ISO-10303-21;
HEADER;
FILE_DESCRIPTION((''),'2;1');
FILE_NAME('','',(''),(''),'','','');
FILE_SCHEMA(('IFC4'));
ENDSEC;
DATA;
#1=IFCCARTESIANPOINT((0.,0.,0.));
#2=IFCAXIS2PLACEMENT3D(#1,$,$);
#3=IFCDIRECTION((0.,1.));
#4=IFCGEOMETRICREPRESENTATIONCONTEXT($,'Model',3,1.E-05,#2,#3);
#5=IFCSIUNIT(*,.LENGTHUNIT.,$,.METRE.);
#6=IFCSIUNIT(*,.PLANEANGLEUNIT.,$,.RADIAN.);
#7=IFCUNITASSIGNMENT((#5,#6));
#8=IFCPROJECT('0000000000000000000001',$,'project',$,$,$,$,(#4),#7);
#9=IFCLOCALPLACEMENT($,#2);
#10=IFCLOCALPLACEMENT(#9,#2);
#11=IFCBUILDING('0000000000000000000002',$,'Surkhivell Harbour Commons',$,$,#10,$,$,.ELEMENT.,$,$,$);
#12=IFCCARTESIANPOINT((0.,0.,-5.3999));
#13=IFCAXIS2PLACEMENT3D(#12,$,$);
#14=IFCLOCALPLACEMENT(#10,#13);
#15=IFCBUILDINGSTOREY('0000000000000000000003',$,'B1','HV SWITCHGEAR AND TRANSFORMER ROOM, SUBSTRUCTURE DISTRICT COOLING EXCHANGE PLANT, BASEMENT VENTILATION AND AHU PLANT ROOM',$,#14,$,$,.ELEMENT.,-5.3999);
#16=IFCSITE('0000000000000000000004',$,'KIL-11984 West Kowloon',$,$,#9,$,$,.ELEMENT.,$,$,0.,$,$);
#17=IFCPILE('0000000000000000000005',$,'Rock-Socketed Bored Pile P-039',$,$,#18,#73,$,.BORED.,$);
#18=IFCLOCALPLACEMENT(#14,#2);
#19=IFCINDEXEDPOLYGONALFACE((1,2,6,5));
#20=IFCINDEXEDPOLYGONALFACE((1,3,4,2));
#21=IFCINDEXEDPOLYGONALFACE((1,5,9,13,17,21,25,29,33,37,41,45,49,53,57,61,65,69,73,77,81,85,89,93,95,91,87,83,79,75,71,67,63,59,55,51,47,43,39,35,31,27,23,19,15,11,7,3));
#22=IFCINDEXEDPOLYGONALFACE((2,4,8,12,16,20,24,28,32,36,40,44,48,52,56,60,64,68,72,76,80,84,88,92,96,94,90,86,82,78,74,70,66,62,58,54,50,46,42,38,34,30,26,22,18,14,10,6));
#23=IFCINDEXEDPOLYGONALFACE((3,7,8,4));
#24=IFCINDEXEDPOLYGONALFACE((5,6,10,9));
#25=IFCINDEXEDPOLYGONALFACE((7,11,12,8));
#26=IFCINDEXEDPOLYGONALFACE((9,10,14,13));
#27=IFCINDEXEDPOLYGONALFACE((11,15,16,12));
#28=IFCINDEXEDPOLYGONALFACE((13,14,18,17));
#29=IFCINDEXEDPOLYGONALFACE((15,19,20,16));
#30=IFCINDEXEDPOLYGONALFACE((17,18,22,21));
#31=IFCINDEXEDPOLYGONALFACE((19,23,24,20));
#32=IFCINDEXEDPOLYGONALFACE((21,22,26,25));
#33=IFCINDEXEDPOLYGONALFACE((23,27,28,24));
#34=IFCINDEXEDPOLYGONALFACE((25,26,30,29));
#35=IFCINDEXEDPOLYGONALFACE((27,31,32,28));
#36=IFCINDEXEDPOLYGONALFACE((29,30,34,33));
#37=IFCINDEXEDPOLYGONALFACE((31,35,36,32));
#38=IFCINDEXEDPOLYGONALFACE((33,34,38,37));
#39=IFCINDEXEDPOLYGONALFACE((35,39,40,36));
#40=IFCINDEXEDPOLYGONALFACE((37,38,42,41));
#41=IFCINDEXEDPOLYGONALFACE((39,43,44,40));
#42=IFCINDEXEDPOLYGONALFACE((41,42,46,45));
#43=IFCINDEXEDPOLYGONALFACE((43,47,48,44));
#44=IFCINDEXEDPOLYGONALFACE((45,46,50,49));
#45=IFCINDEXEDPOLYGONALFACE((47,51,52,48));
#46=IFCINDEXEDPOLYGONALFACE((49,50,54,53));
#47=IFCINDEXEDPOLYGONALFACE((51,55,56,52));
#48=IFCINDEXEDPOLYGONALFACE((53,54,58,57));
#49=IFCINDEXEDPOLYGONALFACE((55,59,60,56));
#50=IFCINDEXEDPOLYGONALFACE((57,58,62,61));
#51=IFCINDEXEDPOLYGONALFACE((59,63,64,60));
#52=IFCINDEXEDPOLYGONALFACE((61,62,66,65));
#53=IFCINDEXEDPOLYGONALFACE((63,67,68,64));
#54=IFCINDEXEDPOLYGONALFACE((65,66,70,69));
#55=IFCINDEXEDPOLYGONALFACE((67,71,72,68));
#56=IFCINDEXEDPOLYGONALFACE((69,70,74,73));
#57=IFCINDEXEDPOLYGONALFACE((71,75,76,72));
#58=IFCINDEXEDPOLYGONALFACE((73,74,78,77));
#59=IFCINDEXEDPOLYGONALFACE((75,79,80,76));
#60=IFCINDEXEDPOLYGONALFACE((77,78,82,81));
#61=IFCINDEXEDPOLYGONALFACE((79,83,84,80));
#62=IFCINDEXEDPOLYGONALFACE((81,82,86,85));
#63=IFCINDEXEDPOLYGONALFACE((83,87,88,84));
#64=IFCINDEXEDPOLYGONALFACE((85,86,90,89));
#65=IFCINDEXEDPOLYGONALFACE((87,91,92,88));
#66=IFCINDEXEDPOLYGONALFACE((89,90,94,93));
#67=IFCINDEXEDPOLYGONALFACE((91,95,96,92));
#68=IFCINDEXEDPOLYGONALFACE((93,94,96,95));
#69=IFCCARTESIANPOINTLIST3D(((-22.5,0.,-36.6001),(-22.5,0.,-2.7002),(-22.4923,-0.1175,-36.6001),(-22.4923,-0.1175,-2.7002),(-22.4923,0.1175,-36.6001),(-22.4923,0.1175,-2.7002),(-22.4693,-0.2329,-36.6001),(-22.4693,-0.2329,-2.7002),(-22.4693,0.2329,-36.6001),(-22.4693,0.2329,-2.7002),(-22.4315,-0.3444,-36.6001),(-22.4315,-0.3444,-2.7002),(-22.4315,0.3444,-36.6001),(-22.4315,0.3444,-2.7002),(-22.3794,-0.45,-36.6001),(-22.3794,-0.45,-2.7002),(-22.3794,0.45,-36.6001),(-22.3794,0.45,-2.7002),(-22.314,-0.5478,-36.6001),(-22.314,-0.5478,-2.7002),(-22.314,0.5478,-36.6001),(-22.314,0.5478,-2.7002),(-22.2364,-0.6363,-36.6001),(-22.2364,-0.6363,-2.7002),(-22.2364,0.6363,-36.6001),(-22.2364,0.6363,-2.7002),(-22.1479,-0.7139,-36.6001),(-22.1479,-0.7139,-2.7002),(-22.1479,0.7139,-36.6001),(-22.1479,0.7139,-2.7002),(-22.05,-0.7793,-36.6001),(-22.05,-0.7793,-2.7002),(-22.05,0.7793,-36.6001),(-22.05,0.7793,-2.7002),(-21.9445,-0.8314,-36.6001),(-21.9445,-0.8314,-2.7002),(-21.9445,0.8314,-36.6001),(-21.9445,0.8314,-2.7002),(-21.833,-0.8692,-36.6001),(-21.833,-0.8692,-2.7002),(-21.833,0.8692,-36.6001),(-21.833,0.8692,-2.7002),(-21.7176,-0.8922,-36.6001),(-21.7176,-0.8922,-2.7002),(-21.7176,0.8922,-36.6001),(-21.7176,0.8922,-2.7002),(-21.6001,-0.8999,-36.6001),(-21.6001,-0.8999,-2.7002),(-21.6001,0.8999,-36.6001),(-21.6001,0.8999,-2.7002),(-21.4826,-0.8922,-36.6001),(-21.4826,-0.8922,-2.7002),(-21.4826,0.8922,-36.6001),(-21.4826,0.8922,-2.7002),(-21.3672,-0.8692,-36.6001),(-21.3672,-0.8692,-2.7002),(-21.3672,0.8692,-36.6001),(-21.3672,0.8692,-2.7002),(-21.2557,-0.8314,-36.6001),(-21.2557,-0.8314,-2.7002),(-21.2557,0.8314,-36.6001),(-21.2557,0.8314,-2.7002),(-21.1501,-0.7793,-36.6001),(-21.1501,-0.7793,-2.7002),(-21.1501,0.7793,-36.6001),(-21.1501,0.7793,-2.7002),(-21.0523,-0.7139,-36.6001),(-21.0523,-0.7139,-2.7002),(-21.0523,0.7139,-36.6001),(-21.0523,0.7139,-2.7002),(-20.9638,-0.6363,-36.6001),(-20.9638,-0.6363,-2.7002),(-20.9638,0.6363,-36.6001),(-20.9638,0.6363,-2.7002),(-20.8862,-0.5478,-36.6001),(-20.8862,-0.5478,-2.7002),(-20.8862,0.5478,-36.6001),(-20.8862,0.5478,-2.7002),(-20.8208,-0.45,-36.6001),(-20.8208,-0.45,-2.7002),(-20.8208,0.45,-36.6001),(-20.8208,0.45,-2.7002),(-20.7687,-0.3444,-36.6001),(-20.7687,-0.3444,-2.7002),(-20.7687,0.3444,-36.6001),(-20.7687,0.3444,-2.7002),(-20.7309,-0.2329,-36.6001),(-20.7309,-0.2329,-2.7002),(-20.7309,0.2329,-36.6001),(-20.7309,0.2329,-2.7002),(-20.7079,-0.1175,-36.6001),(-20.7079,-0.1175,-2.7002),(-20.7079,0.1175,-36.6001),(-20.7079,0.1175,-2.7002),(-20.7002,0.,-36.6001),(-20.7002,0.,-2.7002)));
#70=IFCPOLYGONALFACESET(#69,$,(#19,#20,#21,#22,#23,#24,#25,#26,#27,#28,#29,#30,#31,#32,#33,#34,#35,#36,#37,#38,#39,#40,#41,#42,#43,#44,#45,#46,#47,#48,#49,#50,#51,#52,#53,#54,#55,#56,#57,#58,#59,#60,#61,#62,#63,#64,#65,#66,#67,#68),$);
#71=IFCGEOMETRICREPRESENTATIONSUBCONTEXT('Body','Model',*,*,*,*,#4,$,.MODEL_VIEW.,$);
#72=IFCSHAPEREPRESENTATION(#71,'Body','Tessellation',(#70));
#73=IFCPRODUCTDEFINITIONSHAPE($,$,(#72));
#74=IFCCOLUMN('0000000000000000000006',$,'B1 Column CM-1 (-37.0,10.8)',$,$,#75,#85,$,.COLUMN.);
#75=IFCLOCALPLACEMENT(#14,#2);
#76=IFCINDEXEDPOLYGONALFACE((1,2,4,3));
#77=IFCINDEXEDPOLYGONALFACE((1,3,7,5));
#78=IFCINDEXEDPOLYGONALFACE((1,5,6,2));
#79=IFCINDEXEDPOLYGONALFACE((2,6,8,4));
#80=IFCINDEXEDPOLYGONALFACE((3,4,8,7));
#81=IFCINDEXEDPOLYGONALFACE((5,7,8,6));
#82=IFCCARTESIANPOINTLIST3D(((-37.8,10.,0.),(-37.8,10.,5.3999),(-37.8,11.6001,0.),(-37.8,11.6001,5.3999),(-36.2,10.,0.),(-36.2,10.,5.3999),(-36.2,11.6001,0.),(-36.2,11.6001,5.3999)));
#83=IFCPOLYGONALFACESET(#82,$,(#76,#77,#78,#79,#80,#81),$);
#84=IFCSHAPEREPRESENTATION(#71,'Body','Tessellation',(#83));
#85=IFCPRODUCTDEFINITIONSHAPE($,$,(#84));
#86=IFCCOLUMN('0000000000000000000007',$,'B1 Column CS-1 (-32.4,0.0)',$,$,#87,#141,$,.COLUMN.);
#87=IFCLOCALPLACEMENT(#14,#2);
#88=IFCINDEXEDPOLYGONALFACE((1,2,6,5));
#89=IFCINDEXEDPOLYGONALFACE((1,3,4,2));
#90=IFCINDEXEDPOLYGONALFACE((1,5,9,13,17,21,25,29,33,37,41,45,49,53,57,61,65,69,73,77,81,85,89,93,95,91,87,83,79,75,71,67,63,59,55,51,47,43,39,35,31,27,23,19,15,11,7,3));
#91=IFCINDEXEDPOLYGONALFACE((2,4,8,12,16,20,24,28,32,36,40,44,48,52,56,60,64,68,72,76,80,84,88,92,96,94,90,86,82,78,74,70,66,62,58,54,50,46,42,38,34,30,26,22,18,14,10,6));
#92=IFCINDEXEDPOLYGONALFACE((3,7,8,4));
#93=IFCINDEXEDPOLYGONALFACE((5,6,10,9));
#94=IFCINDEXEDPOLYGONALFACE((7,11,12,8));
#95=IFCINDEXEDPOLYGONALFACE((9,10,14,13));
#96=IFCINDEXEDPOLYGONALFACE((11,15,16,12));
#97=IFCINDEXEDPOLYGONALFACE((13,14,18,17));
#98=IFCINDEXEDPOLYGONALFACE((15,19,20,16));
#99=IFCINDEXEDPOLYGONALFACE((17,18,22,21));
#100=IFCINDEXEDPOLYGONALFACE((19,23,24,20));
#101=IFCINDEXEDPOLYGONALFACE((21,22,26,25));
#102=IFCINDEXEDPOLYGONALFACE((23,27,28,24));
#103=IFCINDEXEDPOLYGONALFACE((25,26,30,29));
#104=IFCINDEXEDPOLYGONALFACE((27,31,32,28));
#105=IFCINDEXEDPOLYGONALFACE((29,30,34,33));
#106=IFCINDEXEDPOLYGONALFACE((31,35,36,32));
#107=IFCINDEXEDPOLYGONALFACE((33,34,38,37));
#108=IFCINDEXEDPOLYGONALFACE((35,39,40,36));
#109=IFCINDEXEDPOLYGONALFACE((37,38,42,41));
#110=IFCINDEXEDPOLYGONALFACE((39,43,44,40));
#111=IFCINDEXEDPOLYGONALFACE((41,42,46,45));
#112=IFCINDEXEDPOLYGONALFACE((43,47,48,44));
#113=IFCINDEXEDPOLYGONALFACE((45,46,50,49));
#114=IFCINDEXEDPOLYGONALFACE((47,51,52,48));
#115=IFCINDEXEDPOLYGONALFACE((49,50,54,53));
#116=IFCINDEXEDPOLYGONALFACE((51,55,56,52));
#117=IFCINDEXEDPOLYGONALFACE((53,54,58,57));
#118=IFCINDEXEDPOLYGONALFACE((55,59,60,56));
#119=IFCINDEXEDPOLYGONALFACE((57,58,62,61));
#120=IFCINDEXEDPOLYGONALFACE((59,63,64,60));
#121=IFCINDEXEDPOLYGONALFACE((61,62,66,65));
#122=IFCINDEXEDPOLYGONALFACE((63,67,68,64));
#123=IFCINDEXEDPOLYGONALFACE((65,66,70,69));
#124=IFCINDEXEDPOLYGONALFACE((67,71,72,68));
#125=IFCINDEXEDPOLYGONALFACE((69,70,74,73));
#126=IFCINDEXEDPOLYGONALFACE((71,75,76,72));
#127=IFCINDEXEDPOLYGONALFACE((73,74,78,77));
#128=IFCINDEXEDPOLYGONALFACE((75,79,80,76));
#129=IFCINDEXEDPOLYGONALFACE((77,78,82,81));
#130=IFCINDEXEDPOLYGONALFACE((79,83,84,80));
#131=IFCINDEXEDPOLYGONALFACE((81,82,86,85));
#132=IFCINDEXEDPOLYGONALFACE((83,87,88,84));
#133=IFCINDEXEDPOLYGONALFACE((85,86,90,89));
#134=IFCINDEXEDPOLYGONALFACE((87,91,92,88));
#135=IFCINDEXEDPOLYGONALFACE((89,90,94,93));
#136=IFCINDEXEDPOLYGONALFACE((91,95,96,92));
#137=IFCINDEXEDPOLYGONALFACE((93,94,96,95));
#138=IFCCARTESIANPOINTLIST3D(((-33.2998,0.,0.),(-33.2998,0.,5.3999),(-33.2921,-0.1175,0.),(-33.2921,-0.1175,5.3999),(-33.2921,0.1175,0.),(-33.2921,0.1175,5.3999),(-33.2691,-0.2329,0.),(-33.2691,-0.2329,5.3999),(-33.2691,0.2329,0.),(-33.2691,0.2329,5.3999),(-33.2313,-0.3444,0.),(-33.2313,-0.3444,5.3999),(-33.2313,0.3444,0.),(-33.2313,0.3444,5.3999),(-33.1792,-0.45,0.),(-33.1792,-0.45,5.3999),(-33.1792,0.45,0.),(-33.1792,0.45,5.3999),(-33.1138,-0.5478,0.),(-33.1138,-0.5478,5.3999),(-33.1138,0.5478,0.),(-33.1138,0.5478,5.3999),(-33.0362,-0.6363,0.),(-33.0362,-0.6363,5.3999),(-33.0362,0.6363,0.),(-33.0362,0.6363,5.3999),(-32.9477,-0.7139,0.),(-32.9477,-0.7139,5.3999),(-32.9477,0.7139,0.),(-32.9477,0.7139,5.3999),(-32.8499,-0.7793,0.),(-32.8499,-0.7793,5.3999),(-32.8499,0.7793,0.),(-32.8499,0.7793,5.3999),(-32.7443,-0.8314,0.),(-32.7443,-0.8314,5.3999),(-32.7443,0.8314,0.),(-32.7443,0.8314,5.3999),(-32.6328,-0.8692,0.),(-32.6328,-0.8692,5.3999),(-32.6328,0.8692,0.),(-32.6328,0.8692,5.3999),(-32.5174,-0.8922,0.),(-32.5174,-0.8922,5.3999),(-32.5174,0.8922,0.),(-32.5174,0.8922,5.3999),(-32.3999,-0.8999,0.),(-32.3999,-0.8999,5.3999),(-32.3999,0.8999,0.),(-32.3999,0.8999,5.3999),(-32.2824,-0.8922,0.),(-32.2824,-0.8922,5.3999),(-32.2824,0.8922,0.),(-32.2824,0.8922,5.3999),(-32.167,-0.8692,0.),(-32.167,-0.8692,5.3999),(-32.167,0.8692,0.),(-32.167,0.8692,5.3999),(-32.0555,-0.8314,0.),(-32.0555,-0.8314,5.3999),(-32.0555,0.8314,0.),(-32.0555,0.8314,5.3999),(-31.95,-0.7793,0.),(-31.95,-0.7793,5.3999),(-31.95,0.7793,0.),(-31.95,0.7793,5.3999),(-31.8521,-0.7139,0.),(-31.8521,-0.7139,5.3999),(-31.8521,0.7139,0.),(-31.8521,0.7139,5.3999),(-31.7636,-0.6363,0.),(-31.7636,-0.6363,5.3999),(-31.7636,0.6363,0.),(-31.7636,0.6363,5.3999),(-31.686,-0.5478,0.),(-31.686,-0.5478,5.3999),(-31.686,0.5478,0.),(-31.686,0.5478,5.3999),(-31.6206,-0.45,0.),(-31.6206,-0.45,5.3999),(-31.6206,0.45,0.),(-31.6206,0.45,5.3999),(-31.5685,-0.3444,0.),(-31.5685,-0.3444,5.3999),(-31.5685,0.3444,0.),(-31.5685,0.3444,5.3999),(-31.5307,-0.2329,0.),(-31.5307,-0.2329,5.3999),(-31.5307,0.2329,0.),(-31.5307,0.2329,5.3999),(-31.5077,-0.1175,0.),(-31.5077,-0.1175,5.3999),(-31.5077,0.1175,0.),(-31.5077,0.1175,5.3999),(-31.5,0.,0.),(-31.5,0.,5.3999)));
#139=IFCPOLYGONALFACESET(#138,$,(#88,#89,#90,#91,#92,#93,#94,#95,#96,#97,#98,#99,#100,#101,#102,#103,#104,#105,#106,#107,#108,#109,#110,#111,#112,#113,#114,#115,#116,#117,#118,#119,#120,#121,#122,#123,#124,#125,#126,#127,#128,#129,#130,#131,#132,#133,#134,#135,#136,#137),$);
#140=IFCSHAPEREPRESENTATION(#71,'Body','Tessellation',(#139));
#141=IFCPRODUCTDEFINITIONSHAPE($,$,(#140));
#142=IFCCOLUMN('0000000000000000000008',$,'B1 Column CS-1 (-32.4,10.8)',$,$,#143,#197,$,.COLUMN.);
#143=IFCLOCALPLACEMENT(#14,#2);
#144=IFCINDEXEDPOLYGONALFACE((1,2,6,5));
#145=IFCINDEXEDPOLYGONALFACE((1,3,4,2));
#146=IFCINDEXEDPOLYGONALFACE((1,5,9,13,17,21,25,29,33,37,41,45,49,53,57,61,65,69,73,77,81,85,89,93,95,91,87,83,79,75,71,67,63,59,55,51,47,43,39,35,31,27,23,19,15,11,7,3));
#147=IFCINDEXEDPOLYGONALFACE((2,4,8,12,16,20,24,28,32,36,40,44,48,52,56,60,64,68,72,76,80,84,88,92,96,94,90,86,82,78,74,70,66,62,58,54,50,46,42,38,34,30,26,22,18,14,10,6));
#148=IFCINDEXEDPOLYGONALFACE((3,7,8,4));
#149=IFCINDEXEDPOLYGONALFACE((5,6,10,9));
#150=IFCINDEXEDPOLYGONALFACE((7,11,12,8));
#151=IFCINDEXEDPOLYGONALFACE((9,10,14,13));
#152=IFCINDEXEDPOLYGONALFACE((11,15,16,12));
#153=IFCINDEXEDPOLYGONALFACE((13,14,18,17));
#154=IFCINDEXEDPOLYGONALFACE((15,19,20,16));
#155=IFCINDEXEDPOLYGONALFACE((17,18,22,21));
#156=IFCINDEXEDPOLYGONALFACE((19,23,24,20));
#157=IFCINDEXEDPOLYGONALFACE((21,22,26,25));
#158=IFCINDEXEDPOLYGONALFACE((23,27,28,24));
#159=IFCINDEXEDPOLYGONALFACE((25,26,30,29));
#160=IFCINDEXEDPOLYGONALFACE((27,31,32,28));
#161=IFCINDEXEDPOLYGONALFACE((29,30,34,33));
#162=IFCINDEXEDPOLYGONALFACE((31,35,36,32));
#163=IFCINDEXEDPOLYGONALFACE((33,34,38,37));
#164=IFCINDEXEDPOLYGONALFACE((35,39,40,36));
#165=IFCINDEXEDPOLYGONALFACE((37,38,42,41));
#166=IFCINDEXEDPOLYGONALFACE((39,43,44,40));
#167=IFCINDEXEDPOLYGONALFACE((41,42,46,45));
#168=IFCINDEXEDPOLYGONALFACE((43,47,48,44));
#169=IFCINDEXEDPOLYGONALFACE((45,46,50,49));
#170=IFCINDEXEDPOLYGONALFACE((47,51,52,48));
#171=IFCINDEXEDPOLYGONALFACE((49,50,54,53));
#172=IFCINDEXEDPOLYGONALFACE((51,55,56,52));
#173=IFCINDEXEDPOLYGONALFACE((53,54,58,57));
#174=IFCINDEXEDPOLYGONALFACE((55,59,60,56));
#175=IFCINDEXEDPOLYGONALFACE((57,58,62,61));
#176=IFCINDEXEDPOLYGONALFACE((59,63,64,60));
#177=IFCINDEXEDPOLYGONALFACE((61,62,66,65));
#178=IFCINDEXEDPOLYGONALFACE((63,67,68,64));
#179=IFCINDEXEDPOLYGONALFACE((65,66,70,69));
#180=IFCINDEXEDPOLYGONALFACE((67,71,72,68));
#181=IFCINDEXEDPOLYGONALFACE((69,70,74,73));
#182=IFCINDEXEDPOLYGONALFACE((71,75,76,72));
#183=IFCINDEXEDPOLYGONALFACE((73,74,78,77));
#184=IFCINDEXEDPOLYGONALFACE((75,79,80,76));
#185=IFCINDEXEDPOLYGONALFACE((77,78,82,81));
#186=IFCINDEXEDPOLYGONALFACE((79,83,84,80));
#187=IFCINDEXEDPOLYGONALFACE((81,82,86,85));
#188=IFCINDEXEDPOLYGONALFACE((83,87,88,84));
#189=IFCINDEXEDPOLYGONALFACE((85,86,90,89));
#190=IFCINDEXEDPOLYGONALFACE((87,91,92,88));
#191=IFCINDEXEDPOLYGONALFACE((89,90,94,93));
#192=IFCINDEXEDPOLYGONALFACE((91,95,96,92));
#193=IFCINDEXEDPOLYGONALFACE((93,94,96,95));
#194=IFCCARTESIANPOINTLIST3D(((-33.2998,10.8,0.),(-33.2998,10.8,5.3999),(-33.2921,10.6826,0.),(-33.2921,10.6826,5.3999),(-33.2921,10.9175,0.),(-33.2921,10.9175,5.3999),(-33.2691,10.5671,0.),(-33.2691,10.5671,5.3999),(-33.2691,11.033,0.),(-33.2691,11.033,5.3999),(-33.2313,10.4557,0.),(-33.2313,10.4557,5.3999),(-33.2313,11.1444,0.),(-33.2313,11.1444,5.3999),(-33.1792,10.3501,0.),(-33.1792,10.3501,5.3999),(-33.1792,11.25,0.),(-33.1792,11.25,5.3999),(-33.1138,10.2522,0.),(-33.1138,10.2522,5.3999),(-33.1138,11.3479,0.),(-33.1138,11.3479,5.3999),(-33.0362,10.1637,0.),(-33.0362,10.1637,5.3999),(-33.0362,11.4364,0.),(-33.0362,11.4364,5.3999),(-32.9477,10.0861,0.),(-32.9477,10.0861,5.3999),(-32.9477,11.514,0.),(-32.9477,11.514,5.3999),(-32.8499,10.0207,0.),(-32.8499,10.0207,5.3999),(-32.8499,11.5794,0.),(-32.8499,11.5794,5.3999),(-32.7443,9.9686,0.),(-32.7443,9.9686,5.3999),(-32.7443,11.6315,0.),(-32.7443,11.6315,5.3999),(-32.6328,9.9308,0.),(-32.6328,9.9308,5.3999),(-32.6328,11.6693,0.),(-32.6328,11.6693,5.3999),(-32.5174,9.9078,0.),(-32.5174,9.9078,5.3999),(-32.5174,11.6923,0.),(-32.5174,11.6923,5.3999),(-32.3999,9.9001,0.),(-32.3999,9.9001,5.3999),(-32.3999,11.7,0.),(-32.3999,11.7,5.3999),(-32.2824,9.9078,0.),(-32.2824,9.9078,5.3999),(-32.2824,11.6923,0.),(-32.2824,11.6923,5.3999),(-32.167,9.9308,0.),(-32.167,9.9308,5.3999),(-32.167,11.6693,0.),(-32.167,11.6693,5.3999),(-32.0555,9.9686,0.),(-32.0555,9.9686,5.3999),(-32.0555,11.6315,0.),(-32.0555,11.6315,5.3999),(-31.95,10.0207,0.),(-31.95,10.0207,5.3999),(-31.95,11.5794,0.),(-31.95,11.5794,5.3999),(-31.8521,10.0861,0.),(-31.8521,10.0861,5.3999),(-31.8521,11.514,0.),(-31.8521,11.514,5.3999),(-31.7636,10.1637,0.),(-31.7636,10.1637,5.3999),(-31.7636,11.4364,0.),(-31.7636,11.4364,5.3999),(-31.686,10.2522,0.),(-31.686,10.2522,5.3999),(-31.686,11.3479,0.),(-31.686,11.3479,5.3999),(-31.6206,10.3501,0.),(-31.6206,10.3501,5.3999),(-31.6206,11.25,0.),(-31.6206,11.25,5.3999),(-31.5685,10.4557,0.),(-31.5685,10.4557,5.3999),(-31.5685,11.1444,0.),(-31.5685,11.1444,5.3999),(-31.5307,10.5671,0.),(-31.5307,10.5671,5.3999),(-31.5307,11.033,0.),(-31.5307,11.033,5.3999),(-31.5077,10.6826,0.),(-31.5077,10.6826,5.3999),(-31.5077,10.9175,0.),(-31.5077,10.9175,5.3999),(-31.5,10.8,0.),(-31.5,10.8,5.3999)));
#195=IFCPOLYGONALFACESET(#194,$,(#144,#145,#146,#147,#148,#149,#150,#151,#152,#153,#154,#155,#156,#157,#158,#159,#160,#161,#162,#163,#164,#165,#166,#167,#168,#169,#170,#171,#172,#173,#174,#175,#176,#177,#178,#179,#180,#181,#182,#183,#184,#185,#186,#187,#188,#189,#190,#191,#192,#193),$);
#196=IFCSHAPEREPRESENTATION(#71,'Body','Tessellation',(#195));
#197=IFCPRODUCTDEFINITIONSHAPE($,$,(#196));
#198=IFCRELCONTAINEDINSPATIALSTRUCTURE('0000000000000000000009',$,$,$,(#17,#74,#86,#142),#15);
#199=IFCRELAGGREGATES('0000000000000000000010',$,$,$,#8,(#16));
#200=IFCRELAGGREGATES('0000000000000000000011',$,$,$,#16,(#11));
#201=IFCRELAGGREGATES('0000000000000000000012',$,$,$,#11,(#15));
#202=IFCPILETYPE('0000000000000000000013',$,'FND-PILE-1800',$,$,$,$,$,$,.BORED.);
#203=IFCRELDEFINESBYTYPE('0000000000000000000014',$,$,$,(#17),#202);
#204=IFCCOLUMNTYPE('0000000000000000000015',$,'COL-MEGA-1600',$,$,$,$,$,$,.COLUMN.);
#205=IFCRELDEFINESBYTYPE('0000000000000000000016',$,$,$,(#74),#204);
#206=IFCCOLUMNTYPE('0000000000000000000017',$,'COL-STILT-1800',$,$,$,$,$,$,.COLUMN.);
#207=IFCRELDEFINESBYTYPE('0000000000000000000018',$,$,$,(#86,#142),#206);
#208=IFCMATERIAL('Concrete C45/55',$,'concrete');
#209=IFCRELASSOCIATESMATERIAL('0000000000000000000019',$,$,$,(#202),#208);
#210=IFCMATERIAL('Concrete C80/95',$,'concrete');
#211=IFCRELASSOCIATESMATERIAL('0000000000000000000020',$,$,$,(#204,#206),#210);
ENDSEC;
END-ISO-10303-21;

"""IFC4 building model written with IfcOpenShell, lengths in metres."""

from ifc_helpers import new_model, si_unit, direction, frame, origin, origin_2d, place, context, subcontext, project, spatial, rectangle, circle, extrude, material, material_profile, profile_set, type_object, element, save


model = new_model("IFC4")

# Units and contexts
model_context = context("Model", 3, precision=1e-05, world=origin(), true_north=direction((0.0, 1.0)))
body_context = subcontext(model_context, "Body", "Model", "MODEL_VIEW")
ifc_project = project(units=[si_unit("LENGTHUNIT", "METRE"), si_unit("PLANEANGLEUNIT", "RADIAN")], contexts=[model_context])

# Site, building, storey
site_placement = place(None, origin())
site = spatial("IfcSite", under=ifc_project, at=site_placement, Name="KIL-11984 West Kowloon", CompositionType="ELEMENT", RefElevation=0.0)
building_placement = place(site_placement, origin())
building = spatial("IfcBuilding", under=site, at=building_placement, Name="Surkhivell Harbour Commons", CompositionType="ELEMENT")
storey_placement = place(building_placement, frame((0.0, 0.0, -5.3999)))
storey = spatial("IfcBuildingStorey", under=building, at=storey_placement, Name="B1", Description="HV SWITCHGEAR AND TRANSFORMER ROOM, SUBSTRUCTURE DISTRICT COOLING EXCHANGE PLANT, BASEMENT VENTILATION AND AHU PLANT ROOM", CompositionType="ELEMENT", Elevation=-5.3999)

# Pile
ifc_material_1 = material(Name="Concrete C45/55", Category="concrete")
ifc_material_profile_1 = material_profile(ifc_material_1, circle(Radius=0.8999, at=origin_2d()), Name="PILE-1800")
ifc_profile_set_1 = profile_set([ifc_material_profile_1], Name="Concrete C45/55")
pile_type_1 = type_object("IfcPileType", Name="FND-PILE-1800", PredefinedType="BORED", material=ifc_profile_set_1)
for number, where, z_axis, x_axis, name in (
    (1, (-21.6001, 0.0, -2.7002), (0.0, 0.0, -1.0), (1.0, 0.0, 0.0), "Rock-Socketed Bored Pile P-039"),
):
    element("IfcPile", number, at=place(storey_placement, frame(where, z_axis=z_axis, x_axis=x_axis)), inside=storey, type_object=pile_type_1, Name=name, PredefinedType="BORED", context=body_context, shape_type="SweptSolid", body=[
        extrude(circle(Radius=0.8999, at=origin_2d()), origin(), (0.0, 0.0, 1.0), 33.8999),
    ])

# Columns
ifc_material_2 = material(Name="Concrete C80/95", Category="concrete")
ifc_material_profile_2 = material_profile(ifc_material_2, rectangle(XDim=1.6001, YDim=1.6001, at=origin_2d()), Name="RC-COL-1600x1600")
ifc_profile_set_2 = profile_set([ifc_material_profile_2], Name="Concrete C80/95")
column_type_1 = type_object("IfcColumnType", Name="COL-MEGA-1600", PredefinedType="COLUMN", material=ifc_profile_set_2)
column_placement = place(storey_placement, frame((-37.0, 10.8, 0.0), z_axis=(0.0, 0.0, 1.0), x_axis=(1.0, 0.0, 0.0)))
element("IfcColumn", 2, at=column_placement, inside=storey, type_object=column_type_1, Name="B1 Column CM-1 (-37.0,10.8)", PredefinedType="COLUMN", context=body_context, shape_type="SweptSolid", body=[
    extrude(rectangle(XDim=1.6001, YDim=1.6001, at=origin_2d()), origin(), (0.0, 0.0, 1.0), 5.3999),
])
ifc_material_profile_3 = material_profile(ifc_material_2, circle(Radius=0.8999, at=origin_2d()), Name="RC-CIRC-1800")
ifc_profile_set_3 = profile_set([ifc_material_profile_3], Name="Concrete C80/95")
column_type_2 = type_object("IfcColumnType", Name="COL-STILT-1800", PredefinedType="COLUMN", material=ifc_profile_set_3)
for number, where, z_axis, x_axis, name in (
    (3, (-32.3999, 0.0, 0.0), (0.0, 0.0, 1.0), (1.0, 0.0, 0.0), "B1 Column CS-1 (-32.4,0.0)"),
    (4, (-32.3999, 10.8, 0.0), (0.0, 0.0, 1.0), (1.0, 0.0, 0.0), "B1 Column CS-1 (-32.4,10.8)"),
):
    element("IfcColumn", number, at=place(storey_placement, frame(where, z_axis=z_axis, x_axis=x_axis)), inside=storey, type_object=column_type_2, Name=name, PredefinedType="COLUMN", context=body_context, shape_type="SweptSolid", body=[
        extrude(circle(Radius=0.8999, at=origin_2d()), origin(), (0.0, 0.0, 1.0), 5.3999),
    ])

save(model, "model.ifc")
